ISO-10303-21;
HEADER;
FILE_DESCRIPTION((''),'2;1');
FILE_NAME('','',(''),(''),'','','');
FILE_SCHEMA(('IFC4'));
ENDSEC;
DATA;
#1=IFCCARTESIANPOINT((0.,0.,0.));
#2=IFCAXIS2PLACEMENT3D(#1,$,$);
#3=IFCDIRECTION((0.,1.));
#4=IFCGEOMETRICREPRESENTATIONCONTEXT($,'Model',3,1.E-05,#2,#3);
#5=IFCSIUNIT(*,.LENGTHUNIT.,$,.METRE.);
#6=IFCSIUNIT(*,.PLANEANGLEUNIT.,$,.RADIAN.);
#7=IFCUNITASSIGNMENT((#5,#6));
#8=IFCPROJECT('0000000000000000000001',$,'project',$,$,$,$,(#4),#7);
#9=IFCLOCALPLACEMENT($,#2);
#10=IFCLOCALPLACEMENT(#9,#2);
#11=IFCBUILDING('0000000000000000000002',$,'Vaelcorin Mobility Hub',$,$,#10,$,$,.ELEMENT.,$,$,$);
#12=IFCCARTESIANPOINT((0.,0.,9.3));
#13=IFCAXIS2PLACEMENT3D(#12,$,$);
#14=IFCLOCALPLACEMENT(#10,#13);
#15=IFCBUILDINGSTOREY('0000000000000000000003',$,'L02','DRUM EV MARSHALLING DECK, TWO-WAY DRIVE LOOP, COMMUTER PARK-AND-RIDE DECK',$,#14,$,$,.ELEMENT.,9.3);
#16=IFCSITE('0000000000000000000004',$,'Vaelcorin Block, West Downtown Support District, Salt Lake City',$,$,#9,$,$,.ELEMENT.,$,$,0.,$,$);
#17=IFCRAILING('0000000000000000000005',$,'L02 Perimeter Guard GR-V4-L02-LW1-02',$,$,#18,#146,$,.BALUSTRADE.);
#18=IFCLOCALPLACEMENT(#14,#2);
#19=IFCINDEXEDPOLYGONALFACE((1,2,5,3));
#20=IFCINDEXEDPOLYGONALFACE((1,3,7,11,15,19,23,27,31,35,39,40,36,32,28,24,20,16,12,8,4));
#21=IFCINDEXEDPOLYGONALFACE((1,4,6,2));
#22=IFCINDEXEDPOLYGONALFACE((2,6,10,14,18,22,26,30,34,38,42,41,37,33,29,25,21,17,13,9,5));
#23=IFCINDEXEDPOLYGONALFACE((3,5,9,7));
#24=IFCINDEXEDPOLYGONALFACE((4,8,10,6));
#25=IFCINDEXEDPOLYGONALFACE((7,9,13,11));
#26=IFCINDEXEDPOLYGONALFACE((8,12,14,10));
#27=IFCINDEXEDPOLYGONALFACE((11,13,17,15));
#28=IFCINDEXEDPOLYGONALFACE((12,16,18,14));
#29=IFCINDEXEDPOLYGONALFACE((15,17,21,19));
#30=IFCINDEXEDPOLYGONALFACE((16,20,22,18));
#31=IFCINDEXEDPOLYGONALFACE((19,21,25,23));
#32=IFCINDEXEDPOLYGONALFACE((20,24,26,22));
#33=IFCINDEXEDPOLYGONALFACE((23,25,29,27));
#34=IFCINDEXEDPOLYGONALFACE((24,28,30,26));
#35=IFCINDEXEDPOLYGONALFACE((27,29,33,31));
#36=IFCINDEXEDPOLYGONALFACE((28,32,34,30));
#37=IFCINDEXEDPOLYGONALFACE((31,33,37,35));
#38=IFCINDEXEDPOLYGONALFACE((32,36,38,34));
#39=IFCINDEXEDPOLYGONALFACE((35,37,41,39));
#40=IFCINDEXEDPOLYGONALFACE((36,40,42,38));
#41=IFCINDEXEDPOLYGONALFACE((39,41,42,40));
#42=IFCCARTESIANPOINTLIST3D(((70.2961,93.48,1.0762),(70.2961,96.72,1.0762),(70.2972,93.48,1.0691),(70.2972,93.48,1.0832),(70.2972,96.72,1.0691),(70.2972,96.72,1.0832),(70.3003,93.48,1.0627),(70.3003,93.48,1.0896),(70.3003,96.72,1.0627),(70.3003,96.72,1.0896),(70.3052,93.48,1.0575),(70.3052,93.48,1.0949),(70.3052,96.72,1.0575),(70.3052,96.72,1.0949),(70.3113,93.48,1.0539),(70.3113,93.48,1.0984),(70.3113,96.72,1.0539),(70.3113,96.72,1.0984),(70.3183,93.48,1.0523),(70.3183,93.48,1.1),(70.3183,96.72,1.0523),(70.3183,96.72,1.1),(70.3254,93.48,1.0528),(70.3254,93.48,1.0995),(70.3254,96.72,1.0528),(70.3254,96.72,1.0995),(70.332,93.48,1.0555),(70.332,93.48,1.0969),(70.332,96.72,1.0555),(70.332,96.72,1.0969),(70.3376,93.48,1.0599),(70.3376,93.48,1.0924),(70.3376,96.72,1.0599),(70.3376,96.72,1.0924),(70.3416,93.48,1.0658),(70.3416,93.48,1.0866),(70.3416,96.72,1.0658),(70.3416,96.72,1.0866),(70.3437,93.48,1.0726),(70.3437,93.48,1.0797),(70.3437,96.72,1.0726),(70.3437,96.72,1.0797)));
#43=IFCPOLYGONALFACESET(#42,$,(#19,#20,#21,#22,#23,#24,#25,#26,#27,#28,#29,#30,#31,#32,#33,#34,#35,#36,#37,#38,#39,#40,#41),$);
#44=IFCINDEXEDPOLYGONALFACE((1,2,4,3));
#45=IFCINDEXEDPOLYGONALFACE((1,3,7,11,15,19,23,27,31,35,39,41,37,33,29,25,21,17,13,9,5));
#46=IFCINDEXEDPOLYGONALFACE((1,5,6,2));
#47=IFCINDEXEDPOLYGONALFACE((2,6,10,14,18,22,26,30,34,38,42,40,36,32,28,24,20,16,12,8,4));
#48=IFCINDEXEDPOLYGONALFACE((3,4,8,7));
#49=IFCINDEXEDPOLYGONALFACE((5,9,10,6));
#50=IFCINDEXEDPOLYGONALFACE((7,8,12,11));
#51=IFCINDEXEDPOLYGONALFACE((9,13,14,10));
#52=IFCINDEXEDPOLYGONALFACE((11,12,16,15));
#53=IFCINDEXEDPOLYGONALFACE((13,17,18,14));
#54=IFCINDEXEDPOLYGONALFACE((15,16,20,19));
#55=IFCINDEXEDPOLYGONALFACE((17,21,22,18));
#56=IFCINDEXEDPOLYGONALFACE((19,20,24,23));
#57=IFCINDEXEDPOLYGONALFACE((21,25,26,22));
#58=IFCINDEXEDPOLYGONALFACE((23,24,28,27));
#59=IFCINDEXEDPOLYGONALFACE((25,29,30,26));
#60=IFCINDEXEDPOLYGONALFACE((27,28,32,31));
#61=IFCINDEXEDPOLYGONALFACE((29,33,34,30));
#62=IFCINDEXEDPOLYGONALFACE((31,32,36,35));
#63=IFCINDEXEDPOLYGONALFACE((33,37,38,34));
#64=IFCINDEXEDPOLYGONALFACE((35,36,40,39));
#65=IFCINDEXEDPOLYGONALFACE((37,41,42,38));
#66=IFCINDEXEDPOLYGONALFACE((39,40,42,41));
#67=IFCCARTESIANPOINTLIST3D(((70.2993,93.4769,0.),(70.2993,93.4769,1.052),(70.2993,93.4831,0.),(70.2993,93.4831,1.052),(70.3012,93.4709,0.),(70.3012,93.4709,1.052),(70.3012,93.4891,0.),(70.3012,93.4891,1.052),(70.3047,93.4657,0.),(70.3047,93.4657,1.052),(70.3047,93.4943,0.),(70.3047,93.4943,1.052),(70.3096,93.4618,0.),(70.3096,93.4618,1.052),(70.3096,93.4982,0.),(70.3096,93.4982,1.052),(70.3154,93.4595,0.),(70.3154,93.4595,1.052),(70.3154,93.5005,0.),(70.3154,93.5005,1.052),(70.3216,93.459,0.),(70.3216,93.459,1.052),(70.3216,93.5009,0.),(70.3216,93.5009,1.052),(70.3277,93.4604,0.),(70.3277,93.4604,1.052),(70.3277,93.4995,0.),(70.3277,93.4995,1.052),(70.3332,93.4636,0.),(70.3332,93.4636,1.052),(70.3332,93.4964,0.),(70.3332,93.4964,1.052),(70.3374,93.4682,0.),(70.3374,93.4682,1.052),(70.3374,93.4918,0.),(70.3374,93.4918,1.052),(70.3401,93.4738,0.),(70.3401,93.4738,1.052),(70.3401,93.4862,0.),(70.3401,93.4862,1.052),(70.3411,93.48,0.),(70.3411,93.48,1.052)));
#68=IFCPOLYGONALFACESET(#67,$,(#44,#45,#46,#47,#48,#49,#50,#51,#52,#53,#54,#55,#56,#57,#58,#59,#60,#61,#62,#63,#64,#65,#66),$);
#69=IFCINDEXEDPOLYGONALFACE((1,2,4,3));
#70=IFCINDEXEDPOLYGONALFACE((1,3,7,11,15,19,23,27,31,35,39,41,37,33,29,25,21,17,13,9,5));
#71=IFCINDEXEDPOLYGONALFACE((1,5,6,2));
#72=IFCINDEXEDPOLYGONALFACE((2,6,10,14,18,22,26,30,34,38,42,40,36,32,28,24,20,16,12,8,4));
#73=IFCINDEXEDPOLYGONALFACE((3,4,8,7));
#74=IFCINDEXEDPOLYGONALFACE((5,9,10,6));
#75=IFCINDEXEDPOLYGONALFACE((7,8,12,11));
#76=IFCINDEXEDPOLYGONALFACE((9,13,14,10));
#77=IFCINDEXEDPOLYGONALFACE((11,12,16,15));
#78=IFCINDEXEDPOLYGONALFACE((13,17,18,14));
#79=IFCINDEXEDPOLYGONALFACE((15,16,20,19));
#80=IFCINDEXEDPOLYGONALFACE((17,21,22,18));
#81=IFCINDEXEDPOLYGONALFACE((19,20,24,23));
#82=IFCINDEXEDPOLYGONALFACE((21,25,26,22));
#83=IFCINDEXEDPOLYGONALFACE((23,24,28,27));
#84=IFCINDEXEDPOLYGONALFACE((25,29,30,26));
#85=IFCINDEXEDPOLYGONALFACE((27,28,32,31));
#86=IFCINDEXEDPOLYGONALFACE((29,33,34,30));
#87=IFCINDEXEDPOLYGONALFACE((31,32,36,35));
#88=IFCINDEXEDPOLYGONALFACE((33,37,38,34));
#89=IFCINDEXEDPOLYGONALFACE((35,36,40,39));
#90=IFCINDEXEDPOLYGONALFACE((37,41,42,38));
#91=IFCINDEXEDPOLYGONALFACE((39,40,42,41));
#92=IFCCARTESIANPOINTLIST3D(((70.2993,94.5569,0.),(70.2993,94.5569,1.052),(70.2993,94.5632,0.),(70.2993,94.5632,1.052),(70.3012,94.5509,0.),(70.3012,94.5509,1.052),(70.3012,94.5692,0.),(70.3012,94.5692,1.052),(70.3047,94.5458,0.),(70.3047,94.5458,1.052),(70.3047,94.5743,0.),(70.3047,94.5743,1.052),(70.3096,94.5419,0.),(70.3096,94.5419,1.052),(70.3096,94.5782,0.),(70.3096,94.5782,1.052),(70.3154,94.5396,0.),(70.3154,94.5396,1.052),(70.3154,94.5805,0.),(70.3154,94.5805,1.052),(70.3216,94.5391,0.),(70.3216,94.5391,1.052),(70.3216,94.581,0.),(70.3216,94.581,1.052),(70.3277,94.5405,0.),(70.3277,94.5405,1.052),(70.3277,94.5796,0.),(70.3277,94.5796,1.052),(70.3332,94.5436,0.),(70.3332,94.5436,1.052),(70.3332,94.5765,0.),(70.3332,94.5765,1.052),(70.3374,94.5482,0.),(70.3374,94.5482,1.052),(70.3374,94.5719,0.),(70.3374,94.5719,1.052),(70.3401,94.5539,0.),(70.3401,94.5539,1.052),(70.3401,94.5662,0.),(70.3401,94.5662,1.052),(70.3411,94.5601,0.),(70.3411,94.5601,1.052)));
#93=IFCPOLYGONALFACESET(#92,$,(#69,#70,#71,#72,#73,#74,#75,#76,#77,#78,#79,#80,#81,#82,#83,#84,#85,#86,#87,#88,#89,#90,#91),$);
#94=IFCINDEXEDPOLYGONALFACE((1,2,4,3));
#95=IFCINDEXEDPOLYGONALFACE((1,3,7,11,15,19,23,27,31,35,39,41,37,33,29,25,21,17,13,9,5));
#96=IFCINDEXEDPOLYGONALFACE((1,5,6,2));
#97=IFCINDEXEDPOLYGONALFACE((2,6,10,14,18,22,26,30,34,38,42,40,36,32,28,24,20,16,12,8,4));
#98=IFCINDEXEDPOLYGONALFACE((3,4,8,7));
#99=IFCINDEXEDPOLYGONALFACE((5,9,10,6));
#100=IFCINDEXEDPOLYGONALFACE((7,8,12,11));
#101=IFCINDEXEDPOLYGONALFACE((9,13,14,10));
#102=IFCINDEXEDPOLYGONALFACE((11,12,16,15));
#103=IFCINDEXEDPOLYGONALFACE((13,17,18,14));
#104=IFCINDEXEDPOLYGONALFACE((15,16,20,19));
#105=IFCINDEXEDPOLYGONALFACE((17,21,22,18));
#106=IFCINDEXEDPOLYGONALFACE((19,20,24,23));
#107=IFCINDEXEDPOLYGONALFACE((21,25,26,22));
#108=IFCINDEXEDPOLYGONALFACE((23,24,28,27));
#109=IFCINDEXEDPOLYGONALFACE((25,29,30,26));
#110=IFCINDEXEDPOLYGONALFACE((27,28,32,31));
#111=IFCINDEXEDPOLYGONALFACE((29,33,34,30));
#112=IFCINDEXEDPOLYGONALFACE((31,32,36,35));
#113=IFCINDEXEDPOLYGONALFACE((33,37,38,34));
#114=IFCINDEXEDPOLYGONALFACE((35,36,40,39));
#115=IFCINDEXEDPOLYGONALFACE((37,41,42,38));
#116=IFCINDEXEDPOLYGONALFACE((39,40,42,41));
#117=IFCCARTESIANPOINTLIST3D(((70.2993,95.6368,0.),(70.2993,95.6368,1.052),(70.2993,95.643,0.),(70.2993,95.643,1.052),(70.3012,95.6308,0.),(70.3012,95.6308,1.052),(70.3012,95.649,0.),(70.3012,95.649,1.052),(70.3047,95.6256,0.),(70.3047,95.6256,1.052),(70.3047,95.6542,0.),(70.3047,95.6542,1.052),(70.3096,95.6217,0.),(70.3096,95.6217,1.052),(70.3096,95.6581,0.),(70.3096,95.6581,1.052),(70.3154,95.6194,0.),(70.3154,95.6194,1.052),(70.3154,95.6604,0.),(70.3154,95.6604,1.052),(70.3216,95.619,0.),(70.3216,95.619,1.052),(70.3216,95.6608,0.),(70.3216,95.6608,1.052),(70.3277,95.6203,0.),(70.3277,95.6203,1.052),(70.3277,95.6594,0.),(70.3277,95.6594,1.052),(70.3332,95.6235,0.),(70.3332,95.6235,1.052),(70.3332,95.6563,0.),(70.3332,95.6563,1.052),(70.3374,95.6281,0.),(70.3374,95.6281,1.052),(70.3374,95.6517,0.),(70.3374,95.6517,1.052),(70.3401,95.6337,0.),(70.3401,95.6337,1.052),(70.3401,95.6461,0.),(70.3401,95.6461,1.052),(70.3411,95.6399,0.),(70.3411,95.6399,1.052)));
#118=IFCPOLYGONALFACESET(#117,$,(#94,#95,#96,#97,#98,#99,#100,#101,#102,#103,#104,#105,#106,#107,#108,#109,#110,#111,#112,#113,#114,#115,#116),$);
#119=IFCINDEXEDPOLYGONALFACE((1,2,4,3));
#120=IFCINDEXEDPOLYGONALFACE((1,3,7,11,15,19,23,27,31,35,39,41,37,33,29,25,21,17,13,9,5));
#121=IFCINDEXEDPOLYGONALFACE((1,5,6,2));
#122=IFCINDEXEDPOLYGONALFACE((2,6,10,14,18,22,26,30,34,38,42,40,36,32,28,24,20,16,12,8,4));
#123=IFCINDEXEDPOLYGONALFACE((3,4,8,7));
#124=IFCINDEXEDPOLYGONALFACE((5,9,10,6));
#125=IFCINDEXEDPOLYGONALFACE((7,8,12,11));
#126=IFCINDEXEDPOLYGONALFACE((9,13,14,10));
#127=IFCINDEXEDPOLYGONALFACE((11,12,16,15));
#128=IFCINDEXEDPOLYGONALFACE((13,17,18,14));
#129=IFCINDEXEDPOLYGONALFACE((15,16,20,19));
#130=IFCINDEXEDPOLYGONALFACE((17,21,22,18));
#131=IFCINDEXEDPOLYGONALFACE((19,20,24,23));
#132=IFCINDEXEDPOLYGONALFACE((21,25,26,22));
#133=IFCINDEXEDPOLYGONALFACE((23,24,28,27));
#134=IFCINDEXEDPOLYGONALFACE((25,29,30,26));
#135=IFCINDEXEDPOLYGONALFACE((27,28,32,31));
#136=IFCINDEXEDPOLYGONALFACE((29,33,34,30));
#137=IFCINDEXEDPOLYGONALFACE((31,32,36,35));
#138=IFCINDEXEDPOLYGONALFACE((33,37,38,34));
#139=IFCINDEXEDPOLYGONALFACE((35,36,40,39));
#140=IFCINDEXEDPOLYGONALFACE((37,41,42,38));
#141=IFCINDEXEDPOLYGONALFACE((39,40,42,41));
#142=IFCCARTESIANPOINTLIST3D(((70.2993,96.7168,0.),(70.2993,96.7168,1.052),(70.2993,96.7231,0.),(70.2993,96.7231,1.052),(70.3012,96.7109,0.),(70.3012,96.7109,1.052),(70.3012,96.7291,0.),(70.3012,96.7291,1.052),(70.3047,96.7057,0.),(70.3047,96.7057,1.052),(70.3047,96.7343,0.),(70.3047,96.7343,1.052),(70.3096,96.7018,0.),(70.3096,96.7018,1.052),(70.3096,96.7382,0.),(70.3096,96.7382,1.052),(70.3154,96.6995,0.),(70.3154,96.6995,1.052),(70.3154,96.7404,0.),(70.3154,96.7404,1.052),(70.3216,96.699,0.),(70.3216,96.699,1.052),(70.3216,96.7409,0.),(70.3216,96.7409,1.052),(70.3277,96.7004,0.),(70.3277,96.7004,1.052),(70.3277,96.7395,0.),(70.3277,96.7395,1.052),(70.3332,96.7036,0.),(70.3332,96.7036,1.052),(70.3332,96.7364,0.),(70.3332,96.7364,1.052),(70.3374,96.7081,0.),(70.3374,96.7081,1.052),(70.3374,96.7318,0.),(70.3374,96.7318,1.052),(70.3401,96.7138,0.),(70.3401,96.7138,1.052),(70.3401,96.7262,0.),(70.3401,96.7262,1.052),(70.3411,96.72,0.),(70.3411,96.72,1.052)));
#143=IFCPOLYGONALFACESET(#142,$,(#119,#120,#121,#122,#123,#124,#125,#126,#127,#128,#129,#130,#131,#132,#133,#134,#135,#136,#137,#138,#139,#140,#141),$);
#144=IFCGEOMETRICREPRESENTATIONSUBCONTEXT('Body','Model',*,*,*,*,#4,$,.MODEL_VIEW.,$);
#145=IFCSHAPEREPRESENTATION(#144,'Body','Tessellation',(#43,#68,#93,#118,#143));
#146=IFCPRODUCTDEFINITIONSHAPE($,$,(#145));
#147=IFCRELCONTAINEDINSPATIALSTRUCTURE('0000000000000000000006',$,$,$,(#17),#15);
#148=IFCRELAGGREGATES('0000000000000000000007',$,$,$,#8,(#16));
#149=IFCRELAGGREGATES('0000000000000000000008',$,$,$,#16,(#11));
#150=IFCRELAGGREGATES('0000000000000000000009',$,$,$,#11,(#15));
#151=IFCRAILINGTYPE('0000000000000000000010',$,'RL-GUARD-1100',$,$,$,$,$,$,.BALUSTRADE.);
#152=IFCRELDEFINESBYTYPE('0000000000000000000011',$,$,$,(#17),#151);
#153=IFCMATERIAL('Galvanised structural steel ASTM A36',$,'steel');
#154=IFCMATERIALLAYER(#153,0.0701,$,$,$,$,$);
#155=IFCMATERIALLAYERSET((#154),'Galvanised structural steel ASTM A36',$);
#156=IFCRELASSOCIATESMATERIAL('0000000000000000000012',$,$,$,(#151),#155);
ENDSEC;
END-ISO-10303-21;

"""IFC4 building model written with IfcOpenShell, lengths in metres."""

from ifc_helpers import new_model, si_unit, direction, frame, origin, origin_2d, place, context, subcontext, project, spatial, circle, extrude, material, layer, layer_set, type_object, element, save


model = new_model("IFC4")

# Units and contexts
model_context = context("Model", 3, precision=1e-05, world=origin(), true_north=direction((0.0, 1.0)))
body_context = subcontext(model_context, "Body", "Model", "MODEL_VIEW")
ifc_project = project(units=[si_unit("LENGTHUNIT", "METRE"), si_unit("PLANEANGLEUNIT", "RADIAN")], contexts=[model_context])

# Site, building, storey
site_placement = place(None, origin())
site = spatial("IfcSite", under=ifc_project, at=site_placement, Name="Vaelcorin Block, West Downtown Support District, Salt Lake City", CompositionType="ELEMENT", RefElevation=0.0)
building_placement = place(site_placement, origin())
building = spatial("IfcBuilding", under=site, at=building_placement, Name="Vaelcorin Mobility Hub", CompositionType="ELEMENT")
storey_placement = place(building_placement, frame((0.0, 0.0, 9.3)))
storey = spatial("IfcBuildingStorey", under=building, at=storey_placement, Name="L02", Description="DRUM EV MARSHALLING DECK, TWO-WAY DRIVE LOOP, COMMUTER PARK-AND-RIDE DECK", CompositionType="ELEMENT", Elevation=9.3)

# Railing
ifc_material_1 = material(Name="Galvanised structural steel ASTM A36", Category="steel")
ifc_layer = layer(ifc_material_1, 0.0701)
ifc_layer_set = layer_set([ifc_layer], Name="Galvanised structural steel ASTM A36")
railing_type = type_object("IfcRailingType", Name="RL-GUARD-1100", PredefinedType="BALUSTRADE", material=ifc_layer_set)
railing_1_placement = place(storey_placement, frame((70.3201, 93.48, 0.0)))
element("IfcRailing", 1, at=railing_1_placement, inside=storey, type_object=railing_type, Name="L02 Perimeter Guard GR-V4-L02-LW1-02", PredefinedType="BALUSTRADE", context=body_context, shape_type="SweptSolid", body=[
    extrude(circle(Radius=0.0239, at=origin_2d()), frame((0.0, 0.0, 1.0762), z_axis=(0.0, 1.0, 0.0), x_axis=(-1.0, 0.0, 0.0)), (0.0, 0.0, 1.0), 3.24),
    extrude(circle(Radius=0.021, at=origin_2d()), origin(), (0.0, 0.0, 1.0), 1.052),
    extrude(circle(Radius=0.021, at=origin_2d()), frame((0.0, 1.0801, 0.0)), (0.0, 0.0, 1.0), 1.052),
    extrude(circle(Radius=0.021, at=origin_2d()), frame((0.0, 2.1599, 0.0)), (0.0, 0.0, 1.0), 1.052),
    extrude(circle(Radius=0.021, at=origin_2d()), frame((0.0, 3.24, 0.0)), (0.0, 0.0, 1.0), 1.052),
])

save(model, "model.ifc")
